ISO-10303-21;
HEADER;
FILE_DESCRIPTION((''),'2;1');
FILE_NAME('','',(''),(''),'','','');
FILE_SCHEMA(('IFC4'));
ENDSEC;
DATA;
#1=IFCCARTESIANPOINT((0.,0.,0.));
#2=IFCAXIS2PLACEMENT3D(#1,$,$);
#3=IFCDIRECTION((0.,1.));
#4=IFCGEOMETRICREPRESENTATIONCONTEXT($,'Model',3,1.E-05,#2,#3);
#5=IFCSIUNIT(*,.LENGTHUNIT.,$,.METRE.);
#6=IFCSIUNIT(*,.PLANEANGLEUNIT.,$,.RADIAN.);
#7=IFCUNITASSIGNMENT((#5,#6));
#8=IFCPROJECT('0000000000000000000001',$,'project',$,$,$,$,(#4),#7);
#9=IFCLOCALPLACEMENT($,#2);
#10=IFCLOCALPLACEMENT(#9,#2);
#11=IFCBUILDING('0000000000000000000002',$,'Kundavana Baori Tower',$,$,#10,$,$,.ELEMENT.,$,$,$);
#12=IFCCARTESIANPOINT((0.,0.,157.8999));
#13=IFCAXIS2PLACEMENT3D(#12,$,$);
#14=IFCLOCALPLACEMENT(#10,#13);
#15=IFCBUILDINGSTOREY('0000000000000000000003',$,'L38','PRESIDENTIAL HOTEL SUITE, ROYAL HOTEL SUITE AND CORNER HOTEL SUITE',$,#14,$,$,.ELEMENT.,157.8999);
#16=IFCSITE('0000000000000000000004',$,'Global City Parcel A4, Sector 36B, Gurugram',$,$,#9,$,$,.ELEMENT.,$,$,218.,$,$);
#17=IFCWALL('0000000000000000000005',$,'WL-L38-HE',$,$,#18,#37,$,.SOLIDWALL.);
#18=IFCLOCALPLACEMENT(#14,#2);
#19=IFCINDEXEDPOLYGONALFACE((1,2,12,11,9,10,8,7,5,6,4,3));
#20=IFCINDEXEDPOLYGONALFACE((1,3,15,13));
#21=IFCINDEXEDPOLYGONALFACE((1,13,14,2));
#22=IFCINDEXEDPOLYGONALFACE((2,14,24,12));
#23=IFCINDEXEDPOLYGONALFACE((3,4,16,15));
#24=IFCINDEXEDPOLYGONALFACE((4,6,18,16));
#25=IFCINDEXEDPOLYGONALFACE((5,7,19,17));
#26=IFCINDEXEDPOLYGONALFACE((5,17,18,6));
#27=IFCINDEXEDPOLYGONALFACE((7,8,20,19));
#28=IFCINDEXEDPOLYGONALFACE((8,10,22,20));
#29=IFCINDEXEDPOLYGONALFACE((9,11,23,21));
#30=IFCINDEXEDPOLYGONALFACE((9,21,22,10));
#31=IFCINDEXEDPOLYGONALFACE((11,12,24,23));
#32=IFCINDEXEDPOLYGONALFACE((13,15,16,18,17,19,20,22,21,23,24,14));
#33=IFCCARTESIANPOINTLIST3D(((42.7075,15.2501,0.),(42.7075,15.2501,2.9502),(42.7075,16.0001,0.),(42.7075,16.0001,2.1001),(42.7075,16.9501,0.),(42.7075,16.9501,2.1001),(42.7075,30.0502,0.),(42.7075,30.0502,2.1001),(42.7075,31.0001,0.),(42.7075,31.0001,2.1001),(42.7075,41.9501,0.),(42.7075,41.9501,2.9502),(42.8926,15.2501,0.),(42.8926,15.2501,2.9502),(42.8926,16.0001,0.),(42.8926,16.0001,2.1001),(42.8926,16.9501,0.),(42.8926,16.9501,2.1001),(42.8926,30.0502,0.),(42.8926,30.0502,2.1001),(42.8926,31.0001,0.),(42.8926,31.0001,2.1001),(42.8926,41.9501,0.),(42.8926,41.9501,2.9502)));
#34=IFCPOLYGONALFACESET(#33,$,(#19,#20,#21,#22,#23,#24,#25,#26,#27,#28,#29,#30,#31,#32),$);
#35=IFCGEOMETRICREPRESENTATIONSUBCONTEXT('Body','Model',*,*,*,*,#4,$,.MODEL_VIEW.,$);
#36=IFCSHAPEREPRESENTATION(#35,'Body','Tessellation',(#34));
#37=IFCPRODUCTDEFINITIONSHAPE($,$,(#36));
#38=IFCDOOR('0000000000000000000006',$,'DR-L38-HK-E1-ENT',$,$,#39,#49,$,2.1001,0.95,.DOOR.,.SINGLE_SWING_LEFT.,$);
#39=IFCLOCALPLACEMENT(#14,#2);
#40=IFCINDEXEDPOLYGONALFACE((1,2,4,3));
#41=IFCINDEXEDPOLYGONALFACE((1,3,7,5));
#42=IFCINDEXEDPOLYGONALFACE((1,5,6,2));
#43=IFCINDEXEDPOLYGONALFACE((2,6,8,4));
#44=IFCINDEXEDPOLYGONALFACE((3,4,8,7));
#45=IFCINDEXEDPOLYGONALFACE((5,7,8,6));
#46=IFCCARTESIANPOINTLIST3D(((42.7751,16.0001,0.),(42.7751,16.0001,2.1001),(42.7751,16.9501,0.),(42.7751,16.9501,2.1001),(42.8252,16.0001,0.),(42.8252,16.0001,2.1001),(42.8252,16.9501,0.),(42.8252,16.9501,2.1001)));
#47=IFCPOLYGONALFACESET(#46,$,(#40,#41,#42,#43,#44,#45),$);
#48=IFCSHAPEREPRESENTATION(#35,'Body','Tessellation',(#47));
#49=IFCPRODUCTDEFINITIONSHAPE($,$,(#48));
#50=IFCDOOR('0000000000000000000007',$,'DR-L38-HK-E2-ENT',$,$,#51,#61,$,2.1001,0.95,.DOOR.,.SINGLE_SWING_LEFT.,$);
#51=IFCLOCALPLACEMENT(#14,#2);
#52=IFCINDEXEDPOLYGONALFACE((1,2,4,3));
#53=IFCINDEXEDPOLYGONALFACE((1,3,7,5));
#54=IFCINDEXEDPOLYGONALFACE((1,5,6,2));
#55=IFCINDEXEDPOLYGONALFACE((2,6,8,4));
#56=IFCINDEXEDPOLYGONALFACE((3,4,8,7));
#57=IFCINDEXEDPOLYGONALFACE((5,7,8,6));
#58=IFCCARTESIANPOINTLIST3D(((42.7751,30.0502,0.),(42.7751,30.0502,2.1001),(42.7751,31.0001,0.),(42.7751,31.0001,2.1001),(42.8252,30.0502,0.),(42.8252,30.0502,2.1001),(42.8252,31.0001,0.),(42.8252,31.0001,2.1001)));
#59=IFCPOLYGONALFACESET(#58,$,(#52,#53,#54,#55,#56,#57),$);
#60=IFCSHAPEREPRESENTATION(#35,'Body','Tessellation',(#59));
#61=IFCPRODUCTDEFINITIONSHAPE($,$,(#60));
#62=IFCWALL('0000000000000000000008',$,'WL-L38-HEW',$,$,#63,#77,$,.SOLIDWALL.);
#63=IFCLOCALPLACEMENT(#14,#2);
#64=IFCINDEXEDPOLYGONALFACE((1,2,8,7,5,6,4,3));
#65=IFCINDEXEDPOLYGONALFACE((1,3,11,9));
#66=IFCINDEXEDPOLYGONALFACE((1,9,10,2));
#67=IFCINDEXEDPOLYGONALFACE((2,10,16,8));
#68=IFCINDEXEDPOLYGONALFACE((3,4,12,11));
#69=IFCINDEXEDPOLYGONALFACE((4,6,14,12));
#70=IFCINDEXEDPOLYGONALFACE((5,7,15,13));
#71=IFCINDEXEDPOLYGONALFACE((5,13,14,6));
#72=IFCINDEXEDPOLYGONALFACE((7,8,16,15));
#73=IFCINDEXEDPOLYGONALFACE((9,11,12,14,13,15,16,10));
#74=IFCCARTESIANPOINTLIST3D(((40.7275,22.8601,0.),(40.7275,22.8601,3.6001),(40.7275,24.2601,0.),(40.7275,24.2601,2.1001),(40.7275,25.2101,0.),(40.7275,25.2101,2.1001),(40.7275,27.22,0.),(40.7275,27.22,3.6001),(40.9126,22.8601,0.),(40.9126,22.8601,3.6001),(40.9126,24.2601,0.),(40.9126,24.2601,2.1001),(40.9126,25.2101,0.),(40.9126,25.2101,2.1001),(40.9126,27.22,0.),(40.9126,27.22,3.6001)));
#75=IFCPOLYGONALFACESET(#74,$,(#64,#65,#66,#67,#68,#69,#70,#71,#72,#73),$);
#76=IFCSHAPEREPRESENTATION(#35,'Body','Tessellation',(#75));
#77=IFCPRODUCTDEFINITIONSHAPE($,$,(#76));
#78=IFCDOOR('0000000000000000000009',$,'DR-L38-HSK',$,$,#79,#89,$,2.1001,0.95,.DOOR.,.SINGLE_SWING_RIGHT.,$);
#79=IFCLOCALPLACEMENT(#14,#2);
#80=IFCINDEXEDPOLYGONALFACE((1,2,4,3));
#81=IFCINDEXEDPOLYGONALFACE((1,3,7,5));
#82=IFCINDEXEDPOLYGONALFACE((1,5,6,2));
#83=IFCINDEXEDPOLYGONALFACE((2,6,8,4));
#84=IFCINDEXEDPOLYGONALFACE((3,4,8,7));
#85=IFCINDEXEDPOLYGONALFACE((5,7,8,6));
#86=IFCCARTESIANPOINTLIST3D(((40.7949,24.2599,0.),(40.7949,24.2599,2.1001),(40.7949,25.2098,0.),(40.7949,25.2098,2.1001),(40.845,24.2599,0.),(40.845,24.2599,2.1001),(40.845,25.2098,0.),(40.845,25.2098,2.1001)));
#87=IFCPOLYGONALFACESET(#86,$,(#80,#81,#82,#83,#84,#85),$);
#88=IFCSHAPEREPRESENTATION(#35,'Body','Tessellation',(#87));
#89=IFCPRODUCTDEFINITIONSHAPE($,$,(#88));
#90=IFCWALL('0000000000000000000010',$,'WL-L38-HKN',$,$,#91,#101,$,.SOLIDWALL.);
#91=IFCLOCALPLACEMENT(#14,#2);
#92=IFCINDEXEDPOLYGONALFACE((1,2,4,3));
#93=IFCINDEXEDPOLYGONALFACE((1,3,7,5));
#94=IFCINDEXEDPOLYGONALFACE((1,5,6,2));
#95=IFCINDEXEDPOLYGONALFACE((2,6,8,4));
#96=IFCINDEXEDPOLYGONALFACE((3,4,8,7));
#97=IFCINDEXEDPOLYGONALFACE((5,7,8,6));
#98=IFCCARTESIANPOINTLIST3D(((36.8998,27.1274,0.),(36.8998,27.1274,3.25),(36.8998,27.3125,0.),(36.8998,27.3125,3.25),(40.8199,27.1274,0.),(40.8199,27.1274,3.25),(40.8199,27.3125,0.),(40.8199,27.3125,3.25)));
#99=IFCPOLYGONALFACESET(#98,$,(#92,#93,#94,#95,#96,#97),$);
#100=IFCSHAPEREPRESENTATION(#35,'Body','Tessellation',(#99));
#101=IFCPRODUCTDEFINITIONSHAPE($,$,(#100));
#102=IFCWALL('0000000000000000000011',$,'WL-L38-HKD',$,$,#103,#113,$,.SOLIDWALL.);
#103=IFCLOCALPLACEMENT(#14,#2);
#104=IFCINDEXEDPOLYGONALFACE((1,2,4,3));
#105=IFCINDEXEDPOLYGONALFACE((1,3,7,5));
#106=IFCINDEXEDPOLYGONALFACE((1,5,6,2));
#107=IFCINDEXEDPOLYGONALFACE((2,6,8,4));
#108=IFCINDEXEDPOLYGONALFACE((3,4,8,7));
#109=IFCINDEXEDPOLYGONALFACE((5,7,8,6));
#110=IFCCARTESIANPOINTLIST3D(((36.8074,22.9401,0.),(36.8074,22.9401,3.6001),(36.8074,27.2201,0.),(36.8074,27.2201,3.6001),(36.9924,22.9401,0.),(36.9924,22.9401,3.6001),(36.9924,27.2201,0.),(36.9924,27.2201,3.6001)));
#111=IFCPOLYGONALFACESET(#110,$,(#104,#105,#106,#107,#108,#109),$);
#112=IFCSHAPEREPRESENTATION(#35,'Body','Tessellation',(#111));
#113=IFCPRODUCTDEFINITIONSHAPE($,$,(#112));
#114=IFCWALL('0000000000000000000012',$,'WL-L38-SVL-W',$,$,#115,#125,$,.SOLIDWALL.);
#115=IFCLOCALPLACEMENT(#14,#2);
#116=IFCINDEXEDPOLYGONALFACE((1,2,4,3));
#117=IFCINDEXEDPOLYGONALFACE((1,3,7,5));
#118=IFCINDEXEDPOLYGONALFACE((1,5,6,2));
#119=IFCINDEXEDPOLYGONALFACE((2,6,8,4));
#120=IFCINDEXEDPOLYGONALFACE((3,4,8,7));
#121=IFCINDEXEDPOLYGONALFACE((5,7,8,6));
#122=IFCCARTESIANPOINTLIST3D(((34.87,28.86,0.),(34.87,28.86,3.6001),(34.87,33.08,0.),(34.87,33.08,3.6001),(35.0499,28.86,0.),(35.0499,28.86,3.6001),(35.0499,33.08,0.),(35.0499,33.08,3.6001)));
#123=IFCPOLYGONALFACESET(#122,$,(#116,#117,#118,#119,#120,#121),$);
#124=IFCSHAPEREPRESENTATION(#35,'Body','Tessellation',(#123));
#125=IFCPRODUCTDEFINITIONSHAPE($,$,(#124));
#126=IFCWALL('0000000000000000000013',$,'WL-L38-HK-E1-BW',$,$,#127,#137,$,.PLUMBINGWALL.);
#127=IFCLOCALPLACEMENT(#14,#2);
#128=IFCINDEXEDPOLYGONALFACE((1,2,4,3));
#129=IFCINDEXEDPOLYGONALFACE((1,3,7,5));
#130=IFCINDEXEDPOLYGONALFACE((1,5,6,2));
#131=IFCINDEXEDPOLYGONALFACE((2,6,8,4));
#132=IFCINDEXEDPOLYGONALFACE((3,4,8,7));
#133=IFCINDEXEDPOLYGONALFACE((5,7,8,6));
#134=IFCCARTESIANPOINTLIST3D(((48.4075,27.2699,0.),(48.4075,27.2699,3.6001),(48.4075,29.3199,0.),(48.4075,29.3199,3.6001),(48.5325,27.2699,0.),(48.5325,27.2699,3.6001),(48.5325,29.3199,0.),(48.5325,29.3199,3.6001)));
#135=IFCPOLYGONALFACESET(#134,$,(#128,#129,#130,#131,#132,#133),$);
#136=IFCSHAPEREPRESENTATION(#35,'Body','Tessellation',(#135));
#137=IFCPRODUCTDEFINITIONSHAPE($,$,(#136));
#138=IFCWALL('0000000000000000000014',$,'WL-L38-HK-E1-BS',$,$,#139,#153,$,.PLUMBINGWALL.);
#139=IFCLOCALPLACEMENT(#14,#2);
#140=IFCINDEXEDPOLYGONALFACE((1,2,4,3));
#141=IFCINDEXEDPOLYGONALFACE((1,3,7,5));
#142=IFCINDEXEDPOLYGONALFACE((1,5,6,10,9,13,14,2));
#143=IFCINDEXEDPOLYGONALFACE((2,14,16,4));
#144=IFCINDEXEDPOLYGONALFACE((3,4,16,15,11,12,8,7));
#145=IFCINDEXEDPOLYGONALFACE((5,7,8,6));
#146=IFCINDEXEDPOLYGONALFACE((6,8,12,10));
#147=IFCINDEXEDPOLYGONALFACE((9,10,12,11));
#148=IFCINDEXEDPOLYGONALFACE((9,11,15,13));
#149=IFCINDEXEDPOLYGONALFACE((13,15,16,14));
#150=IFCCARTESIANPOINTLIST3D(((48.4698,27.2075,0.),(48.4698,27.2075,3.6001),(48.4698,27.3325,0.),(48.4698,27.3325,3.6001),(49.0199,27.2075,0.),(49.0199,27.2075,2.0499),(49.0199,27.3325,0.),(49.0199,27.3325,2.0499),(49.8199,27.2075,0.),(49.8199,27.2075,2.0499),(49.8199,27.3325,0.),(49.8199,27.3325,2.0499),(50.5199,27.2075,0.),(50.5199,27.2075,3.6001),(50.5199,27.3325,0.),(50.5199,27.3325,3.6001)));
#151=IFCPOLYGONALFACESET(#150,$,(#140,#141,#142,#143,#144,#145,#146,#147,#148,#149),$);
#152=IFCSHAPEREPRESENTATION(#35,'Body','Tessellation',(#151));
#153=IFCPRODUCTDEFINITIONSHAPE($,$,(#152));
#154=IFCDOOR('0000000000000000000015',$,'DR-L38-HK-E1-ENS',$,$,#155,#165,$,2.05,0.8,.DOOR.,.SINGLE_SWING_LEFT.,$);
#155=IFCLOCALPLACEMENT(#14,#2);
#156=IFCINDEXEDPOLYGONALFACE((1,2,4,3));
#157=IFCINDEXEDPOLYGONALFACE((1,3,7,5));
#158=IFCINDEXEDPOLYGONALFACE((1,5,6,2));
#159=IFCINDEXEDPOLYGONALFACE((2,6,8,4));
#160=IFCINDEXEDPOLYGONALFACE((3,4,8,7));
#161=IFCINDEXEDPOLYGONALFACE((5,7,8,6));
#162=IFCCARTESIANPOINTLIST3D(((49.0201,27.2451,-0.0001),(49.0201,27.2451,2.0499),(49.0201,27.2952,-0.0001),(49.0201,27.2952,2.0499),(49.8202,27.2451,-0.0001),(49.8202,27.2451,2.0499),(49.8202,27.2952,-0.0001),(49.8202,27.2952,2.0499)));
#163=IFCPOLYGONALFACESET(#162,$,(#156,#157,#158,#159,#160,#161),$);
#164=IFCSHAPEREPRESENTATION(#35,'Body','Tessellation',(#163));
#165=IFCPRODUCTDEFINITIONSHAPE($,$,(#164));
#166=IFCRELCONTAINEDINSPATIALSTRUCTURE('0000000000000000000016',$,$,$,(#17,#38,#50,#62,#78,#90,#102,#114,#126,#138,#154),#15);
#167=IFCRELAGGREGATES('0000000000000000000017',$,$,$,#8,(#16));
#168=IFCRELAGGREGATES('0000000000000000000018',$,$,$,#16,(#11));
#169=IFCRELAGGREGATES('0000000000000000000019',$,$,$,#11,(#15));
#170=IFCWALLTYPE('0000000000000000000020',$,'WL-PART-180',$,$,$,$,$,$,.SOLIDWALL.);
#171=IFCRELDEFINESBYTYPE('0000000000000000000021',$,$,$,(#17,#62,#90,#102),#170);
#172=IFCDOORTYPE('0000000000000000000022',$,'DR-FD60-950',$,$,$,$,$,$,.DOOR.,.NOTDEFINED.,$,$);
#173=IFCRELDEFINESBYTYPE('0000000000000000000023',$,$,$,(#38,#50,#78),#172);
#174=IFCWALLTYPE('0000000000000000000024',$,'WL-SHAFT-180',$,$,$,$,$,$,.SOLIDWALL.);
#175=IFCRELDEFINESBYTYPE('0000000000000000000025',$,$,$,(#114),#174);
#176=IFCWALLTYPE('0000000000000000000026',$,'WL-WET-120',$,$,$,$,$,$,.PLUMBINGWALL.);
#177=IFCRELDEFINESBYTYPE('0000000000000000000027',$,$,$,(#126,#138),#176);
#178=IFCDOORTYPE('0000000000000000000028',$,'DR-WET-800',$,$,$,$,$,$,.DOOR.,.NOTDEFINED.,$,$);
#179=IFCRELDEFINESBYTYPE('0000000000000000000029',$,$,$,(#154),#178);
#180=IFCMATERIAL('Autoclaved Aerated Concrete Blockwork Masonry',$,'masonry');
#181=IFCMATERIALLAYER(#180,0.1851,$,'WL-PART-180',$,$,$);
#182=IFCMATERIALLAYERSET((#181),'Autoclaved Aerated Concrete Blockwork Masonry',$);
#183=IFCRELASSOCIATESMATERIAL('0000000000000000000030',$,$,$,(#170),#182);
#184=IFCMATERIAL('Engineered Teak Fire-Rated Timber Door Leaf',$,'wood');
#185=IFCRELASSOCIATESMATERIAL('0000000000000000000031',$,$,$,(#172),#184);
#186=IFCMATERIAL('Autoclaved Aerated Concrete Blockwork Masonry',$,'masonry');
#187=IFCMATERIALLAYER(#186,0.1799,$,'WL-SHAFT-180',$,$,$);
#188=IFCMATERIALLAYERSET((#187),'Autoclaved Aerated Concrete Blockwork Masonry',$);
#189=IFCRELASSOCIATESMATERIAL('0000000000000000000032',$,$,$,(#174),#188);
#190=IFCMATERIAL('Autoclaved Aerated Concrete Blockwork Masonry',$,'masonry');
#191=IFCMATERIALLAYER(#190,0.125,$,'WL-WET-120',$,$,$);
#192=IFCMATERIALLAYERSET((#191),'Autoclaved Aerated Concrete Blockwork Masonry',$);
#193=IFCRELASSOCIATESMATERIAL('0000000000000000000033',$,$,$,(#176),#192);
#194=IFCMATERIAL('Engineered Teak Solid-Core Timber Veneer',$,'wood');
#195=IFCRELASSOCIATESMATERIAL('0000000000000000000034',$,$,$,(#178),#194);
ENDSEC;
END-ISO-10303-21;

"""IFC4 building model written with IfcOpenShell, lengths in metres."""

from ifc_helpers import new_model, si_unit, direction, frame, frame_2d, origin, place, context, subcontext, project, spatial, rectangle, extrude, material, layer, layer_set, type_object, element, fill, save


model = new_model("IFC4")

# Units and contexts
model_context = context("Model", 3, precision=1e-05, world=origin(), true_north=direction((0.0, 1.0)))
body_context = subcontext(model_context, "Body", "Model", "MODEL_VIEW")
ifc_project = project(units=[si_unit("LENGTHUNIT", "METRE"), si_unit("PLANEANGLEUNIT", "RADIAN")], contexts=[model_context])

# Site, building, storey
site_placement = place(None, origin())
site = spatial("IfcSite", under=ifc_project, at=site_placement, Name="Global City Parcel A4, Sector 36B, Gurugram", CompositionType="ELEMENT", RefElevation=218.0)
building_placement = place(site_placement, origin())
building = spatial("IfcBuilding", under=site, at=building_placement, Name="Kundavana Baori Tower", CompositionType="ELEMENT")
storey_placement = place(building_placement, frame((0.0, 0.0, 157.8999)))
storey = spatial("IfcBuildingStorey", under=building, at=storey_placement, Name="L38", Description="PRESIDENTIAL HOTEL SUITE, ROYAL HOTEL SUITE AND CORNER HOTEL SUITE", CompositionType="ELEMENT", Elevation=157.8999)

# Wall, openings, doors
ifc_material_1 = material(Name="Autoclaved Aerated Concrete Blockwork Masonry", Category="masonry")
ifc_layer_1 = layer(ifc_material_1, 0.1851, Name="WL-PART-180")
ifc_layer_set_1 = layer_set([ifc_layer_1], Name="Autoclaved Aerated Concrete Blockwork Masonry")
wall_type_1 = type_object("IfcWallType", Name="WL-PART-180", PredefinedType="SOLIDWALL", material=ifc_layer_set_1)
wall_1_placement = place(storey_placement, frame((42.8, 15.25, 0.0), z_axis=(0.0, 0.0, 1.0), x_axis=(0.0, 1.0, 0.0)))
wall_1 = element("IfcWall", 1, at=wall_1_placement, inside=storey, type_object=wall_type_1, Name="WL-L38-HE", PredefinedType="SOLIDWALL", context=body_context, shape_type="SweptSolid", body=[
    extrude(rectangle(XDim=26.7, YDim=0.1851, at=frame_2d((13.3501, 0.0))), origin(), (0.0, 0.0, 1.0), 2.9502),
])
opening_1_placement = place(wall_1_placement, frame((0.75, 0.0, 0.0)))
opening_1 = element("IfcOpeningElement", 2, at=opening_1_placement, cuts=wall_1, PredefinedType="OPENING", context=body_context, shape_type="SweptSolid", body=[
    extrude(rectangle(XDim=0.95, YDim=2.1001, at=frame_2d((0.4751, 1.05))), frame((0.0, 0.1025, 0.0), z_axis=(0.0, -1.0, 0.0), x_axis=(1.0, 0.0, 0.0)), (0.0, 0.0, 1.0), 0.2051),
])
opening_2_placement = place(wall_1_placement, frame((14.8, 0.0, 0.0)))
opening_2 = element("IfcOpeningElement", 3, at=opening_2_placement, cuts=wall_1, PredefinedType="OPENING", context=body_context, shape_type="SweptSolid", body=[
    extrude(rectangle(XDim=0.95, YDim=2.1001, at=frame_2d((0.4751, 1.05))), frame((0.0, 0.1025, 0.0), z_axis=(0.0, -1.0, 0.0), x_axis=(1.0, 0.0, 0.0)), (0.0, 0.0, 1.0), 0.2051),
])
ifc_material_2 = material(Name="Engineered Teak Fire-Rated Timber Door Leaf", Category="wood")
door_type_1 = type_object("IfcDoorType", Name="DR-FD60-950", OperationType="NOTDEFINED", PredefinedType="DOOR", material=ifc_material_2)
door_1_placement = place(opening_1_placement, origin())
door_1 = element("IfcDoor", 4, at=door_1_placement, inside=storey, type_object=door_type_1, Name="DR-L38-HK-E1-ENT", OperationType="SINGLE_SWING_LEFT", OverallHeight=2.1001, OverallWidth=0.95, PredefinedType="DOOR", context=body_context, shape_type="SweptSolid", body=[
    extrude(rectangle(XDim=0.95, YDim=2.1001, at=frame_2d((0.4751, 1.05))), frame((0.0, 0.0249, 0.0), z_axis=(0.0, -1.0, 0.0), x_axis=(1.0, 0.0, 0.0)), (0.0, 0.0, 1.0), 0.05),
])
fill(opening_1, door_1)
door_2_placement = place(opening_2_placement, origin())
door_2 = element("IfcDoor", 5, at=door_2_placement, inside=storey, type_object=door_type_1, Name="DR-L38-HK-E2-ENT", OperationType="SINGLE_SWING_LEFT", OverallHeight=2.1001, OverallWidth=0.95, PredefinedType="DOOR", context=body_context, shape_type="SweptSolid", body=[
    extrude(rectangle(XDim=0.95, YDim=2.1001, at=frame_2d((0.4751, 1.05))), frame((0.0, 0.0249, 0.0), z_axis=(0.0, -1.0, 0.0), x_axis=(1.0, 0.0, 0.0)), (0.0, 0.0, 1.0), 0.05),
])
fill(opening_2, door_2)

# Wall, opening, door
wall_2_placement = place(storey_placement, frame((40.8201, 22.8601, 0.0), z_axis=(0.0, 0.0, 1.0), x_axis=(0.0, 1.0, 0.0)))
wall_2 = element("IfcWall", 6, at=wall_2_placement, inside=storey, type_object=wall_type_1, Name="WL-L38-HEW", PredefinedType="SOLIDWALL", context=body_context, shape_type="SweptSolid", body=[
    extrude(rectangle(XDim=4.3599, YDim=0.1851, at=frame_2d((2.1799, 0.0))), origin(), (0.0, 0.0, 1.0), 3.6001),
])
opening_3_placement = place(wall_2_placement, frame((1.3999, 0.0, 0.0)))
opening_3 = element("IfcOpeningElement", 7, at=opening_3_placement, cuts=wall_2, PredefinedType="OPENING", context=body_context, shape_type="SweptSolid", body=[
    extrude(rectangle(XDim=0.95, YDim=2.1001, at=frame_2d((0.4751, 1.05))), frame((0.0, 0.1025, 0.0), z_axis=(0.0, -1.0, 0.0), x_axis=(1.0, 0.0, 0.0)), (0.0, 0.0, 1.0), 0.2051),
])
door_3_placement = place(opening_3_placement, frame((0.95, 0.0, 0.0), z_axis=(0.0, 0.0, 1.0), x_axis=(-1.0, 0.0, 0.0)))
door_3 = element("IfcDoor", 8, at=door_3_placement, inside=storey, type_object=door_type_1, Name="DR-L38-HSK", OperationType="SINGLE_SWING_RIGHT", OverallHeight=2.1001, OverallWidth=0.95, PredefinedType="DOOR", context=body_context, shape_type="SweptSolid", body=[
    extrude(rectangle(XDim=0.95, YDim=2.1001, at=frame_2d((0.4751, 1.05))), frame((0.0, 0.0249, 0.0), z_axis=(0.0, -1.0, 0.0), x_axis=(1.0, 0.0, 0.0)), (0.0, 0.0, 1.0), 0.05),
])
fill(opening_3, door_3)

# Walls
wall_3_placement = place(storey_placement, frame((36.8999, 27.22, 0.0), z_axis=(0.0, 0.0, 1.0), x_axis=(1.0, 0.0, 0.0)))
element("IfcWall", 9, at=wall_3_placement, inside=storey, type_object=wall_type_1, Name="WL-L38-HKN", PredefinedType="SOLIDWALL", context=body_context, shape_type="SweptSolid", body=[
    extrude(rectangle(XDim=3.9202, YDim=0.1851, at=frame_2d((1.96, 0.0))), origin(), (0.0, 0.0, 1.0), 3.25),
])
wall_4_placement = place(storey_placement, frame((36.8999, 22.9399, 0.0), z_axis=(0.0, 0.0, 1.0), x_axis=(0.0, 1.0, 0.0)))
element("IfcWall", 10, at=wall_4_placement, inside=storey, type_object=wall_type_1, Name="WL-L38-HKD", PredefinedType="SOLIDWALL", context=body_context, shape_type="SweptSolid", body=[
    extrude(rectangle(XDim=4.28, YDim=0.1851, at=frame_2d((2.1401, 0.0))), origin(), (0.0, 0.0, 1.0), 3.6001),
])
ifc_material_3 = material(Name="Autoclaved Aerated Concrete Blockwork Masonry", Category="masonry")
ifc_layer_2 = layer(ifc_material_3, 0.1799, Name="WL-SHAFT-180")
ifc_layer_set_2 = layer_set([ifc_layer_2], Name="Autoclaved Aerated Concrete Blockwork Masonry")
wall_type_2 = type_object("IfcWallType", Name="WL-SHAFT-180", PredefinedType="SOLIDWALL", material=ifc_layer_set_2)
wall_5_placement = place(storey_placement, frame((34.96, 28.8601, 0.0), z_axis=(0.0, 0.0, 1.0), x_axis=(0.0, 1.0, 0.0)))
element("IfcWall", 11, at=wall_5_placement, inside=storey, type_object=wall_type_2, Name="WL-L38-SVL-W", PredefinedType="SOLIDWALL", context=body_context, shape_type="SweptSolid", body=[
    extrude(rectangle(XDim=4.22, YDim=0.1799, at=frame_2d((2.1099, 0.0))), origin(), (0.0, 0.0, 1.0), 3.6001),
])
ifc_material_4 = material(Name="Autoclaved Aerated Concrete Blockwork Masonry", Category="masonry")
ifc_layer_3 = layer(ifc_material_4, 0.125, Name="WL-WET-120")
ifc_layer_set_3 = layer_set([ifc_layer_3], Name="Autoclaved Aerated Concrete Blockwork Masonry")
wall_type_3 = type_object("IfcWallType", Name="WL-WET-120", PredefinedType="PLUMBINGWALL", material=ifc_layer_set_3)
wall_6_placement = place(storey_placement, frame((48.47, 27.27, 0.0), z_axis=(0.0, 0.0, 1.0), x_axis=(0.0, 1.0, 0.0)))
element("IfcWall", 12, at=wall_6_placement, inside=storey, type_object=wall_type_3, Name="WL-L38-HK-E1-BW", PredefinedType="PLUMBINGWALL", context=body_context, shape_type="SweptSolid", body=[
    extrude(rectangle(XDim=2.05, YDim=0.125, at=frame_2d((1.0249, 0.0))), origin(), (0.0, 0.0, 1.0), 3.6001),
])

# Wall, opening, door
wall_7_placement = place(storey_placement, frame((48.47, 27.27, 0.0), z_axis=(0.0, 0.0, 1.0), x_axis=(1.0, 0.0, 0.0)))
wall_7 = element("IfcWall", 13, at=wall_7_placement, inside=storey, type_object=wall_type_3, Name="WL-L38-HK-E1-BS", PredefinedType="PLUMBINGWALL", context=body_context, shape_type="SweptSolid", body=[
    extrude(rectangle(XDim=2.05, YDim=0.125, at=frame_2d((1.0249, 0.0))), origin(), (0.0, 0.0, 1.0), 3.6001),
])
opening_4_placement = place(wall_7_placement, frame((0.55, 0.0, 0.0)))
opening_4 = element("IfcOpeningElement", 14, at=opening_4_placement, cuts=wall_7, PredefinedType="OPENING", context=body_context, shape_type="SweptSolid", body=[
    extrude(rectangle(XDim=0.8, YDim=2.05, at=frame_2d((0.3999, 1.0249))), frame((0.0, 0.0725, 0.0), z_axis=(0.0, -1.0, 0.0), x_axis=(1.0, 0.0, 0.0)), (0.0, 0.0, 1.0), 0.145),
])
ifc_material_5 = material(Name="Engineered Teak Solid-Core Timber Veneer", Category="wood")
door_type_2 = type_object("IfcDoorType", Name="DR-WET-800", OperationType="NOTDEFINED", PredefinedType="DOOR", material=ifc_material_5)
door_4_placement = place(opening_4_placement, frame((0.8, 0.0, 0.0), z_axis=(0.0, 0.0, 1.0), x_axis=(-1.0, 0.0, 0.0)))
door_4 = element("IfcDoor", 15, at=door_4_placement, inside=storey, type_object=door_type_2, Name="DR-L38-HK-E1-ENS", OperationType="SINGLE_SWING_LEFT", OverallHeight=2.05, OverallWidth=0.8, PredefinedType="DOOR", context=body_context, shape_type="SweptSolid", body=[
    extrude(rectangle(XDim=0.8, YDim=2.05, at=frame_2d((0.3999, 1.0249))), frame((0.0, 0.0249, 0.0), z_axis=(0.0, -1.0, 0.0), x_axis=(1.0, 0.0, 0.0)), (0.0, 0.0, 1.0), 0.05),
])
fill(opening_4, door_4)

save(model, "model.ifc")
